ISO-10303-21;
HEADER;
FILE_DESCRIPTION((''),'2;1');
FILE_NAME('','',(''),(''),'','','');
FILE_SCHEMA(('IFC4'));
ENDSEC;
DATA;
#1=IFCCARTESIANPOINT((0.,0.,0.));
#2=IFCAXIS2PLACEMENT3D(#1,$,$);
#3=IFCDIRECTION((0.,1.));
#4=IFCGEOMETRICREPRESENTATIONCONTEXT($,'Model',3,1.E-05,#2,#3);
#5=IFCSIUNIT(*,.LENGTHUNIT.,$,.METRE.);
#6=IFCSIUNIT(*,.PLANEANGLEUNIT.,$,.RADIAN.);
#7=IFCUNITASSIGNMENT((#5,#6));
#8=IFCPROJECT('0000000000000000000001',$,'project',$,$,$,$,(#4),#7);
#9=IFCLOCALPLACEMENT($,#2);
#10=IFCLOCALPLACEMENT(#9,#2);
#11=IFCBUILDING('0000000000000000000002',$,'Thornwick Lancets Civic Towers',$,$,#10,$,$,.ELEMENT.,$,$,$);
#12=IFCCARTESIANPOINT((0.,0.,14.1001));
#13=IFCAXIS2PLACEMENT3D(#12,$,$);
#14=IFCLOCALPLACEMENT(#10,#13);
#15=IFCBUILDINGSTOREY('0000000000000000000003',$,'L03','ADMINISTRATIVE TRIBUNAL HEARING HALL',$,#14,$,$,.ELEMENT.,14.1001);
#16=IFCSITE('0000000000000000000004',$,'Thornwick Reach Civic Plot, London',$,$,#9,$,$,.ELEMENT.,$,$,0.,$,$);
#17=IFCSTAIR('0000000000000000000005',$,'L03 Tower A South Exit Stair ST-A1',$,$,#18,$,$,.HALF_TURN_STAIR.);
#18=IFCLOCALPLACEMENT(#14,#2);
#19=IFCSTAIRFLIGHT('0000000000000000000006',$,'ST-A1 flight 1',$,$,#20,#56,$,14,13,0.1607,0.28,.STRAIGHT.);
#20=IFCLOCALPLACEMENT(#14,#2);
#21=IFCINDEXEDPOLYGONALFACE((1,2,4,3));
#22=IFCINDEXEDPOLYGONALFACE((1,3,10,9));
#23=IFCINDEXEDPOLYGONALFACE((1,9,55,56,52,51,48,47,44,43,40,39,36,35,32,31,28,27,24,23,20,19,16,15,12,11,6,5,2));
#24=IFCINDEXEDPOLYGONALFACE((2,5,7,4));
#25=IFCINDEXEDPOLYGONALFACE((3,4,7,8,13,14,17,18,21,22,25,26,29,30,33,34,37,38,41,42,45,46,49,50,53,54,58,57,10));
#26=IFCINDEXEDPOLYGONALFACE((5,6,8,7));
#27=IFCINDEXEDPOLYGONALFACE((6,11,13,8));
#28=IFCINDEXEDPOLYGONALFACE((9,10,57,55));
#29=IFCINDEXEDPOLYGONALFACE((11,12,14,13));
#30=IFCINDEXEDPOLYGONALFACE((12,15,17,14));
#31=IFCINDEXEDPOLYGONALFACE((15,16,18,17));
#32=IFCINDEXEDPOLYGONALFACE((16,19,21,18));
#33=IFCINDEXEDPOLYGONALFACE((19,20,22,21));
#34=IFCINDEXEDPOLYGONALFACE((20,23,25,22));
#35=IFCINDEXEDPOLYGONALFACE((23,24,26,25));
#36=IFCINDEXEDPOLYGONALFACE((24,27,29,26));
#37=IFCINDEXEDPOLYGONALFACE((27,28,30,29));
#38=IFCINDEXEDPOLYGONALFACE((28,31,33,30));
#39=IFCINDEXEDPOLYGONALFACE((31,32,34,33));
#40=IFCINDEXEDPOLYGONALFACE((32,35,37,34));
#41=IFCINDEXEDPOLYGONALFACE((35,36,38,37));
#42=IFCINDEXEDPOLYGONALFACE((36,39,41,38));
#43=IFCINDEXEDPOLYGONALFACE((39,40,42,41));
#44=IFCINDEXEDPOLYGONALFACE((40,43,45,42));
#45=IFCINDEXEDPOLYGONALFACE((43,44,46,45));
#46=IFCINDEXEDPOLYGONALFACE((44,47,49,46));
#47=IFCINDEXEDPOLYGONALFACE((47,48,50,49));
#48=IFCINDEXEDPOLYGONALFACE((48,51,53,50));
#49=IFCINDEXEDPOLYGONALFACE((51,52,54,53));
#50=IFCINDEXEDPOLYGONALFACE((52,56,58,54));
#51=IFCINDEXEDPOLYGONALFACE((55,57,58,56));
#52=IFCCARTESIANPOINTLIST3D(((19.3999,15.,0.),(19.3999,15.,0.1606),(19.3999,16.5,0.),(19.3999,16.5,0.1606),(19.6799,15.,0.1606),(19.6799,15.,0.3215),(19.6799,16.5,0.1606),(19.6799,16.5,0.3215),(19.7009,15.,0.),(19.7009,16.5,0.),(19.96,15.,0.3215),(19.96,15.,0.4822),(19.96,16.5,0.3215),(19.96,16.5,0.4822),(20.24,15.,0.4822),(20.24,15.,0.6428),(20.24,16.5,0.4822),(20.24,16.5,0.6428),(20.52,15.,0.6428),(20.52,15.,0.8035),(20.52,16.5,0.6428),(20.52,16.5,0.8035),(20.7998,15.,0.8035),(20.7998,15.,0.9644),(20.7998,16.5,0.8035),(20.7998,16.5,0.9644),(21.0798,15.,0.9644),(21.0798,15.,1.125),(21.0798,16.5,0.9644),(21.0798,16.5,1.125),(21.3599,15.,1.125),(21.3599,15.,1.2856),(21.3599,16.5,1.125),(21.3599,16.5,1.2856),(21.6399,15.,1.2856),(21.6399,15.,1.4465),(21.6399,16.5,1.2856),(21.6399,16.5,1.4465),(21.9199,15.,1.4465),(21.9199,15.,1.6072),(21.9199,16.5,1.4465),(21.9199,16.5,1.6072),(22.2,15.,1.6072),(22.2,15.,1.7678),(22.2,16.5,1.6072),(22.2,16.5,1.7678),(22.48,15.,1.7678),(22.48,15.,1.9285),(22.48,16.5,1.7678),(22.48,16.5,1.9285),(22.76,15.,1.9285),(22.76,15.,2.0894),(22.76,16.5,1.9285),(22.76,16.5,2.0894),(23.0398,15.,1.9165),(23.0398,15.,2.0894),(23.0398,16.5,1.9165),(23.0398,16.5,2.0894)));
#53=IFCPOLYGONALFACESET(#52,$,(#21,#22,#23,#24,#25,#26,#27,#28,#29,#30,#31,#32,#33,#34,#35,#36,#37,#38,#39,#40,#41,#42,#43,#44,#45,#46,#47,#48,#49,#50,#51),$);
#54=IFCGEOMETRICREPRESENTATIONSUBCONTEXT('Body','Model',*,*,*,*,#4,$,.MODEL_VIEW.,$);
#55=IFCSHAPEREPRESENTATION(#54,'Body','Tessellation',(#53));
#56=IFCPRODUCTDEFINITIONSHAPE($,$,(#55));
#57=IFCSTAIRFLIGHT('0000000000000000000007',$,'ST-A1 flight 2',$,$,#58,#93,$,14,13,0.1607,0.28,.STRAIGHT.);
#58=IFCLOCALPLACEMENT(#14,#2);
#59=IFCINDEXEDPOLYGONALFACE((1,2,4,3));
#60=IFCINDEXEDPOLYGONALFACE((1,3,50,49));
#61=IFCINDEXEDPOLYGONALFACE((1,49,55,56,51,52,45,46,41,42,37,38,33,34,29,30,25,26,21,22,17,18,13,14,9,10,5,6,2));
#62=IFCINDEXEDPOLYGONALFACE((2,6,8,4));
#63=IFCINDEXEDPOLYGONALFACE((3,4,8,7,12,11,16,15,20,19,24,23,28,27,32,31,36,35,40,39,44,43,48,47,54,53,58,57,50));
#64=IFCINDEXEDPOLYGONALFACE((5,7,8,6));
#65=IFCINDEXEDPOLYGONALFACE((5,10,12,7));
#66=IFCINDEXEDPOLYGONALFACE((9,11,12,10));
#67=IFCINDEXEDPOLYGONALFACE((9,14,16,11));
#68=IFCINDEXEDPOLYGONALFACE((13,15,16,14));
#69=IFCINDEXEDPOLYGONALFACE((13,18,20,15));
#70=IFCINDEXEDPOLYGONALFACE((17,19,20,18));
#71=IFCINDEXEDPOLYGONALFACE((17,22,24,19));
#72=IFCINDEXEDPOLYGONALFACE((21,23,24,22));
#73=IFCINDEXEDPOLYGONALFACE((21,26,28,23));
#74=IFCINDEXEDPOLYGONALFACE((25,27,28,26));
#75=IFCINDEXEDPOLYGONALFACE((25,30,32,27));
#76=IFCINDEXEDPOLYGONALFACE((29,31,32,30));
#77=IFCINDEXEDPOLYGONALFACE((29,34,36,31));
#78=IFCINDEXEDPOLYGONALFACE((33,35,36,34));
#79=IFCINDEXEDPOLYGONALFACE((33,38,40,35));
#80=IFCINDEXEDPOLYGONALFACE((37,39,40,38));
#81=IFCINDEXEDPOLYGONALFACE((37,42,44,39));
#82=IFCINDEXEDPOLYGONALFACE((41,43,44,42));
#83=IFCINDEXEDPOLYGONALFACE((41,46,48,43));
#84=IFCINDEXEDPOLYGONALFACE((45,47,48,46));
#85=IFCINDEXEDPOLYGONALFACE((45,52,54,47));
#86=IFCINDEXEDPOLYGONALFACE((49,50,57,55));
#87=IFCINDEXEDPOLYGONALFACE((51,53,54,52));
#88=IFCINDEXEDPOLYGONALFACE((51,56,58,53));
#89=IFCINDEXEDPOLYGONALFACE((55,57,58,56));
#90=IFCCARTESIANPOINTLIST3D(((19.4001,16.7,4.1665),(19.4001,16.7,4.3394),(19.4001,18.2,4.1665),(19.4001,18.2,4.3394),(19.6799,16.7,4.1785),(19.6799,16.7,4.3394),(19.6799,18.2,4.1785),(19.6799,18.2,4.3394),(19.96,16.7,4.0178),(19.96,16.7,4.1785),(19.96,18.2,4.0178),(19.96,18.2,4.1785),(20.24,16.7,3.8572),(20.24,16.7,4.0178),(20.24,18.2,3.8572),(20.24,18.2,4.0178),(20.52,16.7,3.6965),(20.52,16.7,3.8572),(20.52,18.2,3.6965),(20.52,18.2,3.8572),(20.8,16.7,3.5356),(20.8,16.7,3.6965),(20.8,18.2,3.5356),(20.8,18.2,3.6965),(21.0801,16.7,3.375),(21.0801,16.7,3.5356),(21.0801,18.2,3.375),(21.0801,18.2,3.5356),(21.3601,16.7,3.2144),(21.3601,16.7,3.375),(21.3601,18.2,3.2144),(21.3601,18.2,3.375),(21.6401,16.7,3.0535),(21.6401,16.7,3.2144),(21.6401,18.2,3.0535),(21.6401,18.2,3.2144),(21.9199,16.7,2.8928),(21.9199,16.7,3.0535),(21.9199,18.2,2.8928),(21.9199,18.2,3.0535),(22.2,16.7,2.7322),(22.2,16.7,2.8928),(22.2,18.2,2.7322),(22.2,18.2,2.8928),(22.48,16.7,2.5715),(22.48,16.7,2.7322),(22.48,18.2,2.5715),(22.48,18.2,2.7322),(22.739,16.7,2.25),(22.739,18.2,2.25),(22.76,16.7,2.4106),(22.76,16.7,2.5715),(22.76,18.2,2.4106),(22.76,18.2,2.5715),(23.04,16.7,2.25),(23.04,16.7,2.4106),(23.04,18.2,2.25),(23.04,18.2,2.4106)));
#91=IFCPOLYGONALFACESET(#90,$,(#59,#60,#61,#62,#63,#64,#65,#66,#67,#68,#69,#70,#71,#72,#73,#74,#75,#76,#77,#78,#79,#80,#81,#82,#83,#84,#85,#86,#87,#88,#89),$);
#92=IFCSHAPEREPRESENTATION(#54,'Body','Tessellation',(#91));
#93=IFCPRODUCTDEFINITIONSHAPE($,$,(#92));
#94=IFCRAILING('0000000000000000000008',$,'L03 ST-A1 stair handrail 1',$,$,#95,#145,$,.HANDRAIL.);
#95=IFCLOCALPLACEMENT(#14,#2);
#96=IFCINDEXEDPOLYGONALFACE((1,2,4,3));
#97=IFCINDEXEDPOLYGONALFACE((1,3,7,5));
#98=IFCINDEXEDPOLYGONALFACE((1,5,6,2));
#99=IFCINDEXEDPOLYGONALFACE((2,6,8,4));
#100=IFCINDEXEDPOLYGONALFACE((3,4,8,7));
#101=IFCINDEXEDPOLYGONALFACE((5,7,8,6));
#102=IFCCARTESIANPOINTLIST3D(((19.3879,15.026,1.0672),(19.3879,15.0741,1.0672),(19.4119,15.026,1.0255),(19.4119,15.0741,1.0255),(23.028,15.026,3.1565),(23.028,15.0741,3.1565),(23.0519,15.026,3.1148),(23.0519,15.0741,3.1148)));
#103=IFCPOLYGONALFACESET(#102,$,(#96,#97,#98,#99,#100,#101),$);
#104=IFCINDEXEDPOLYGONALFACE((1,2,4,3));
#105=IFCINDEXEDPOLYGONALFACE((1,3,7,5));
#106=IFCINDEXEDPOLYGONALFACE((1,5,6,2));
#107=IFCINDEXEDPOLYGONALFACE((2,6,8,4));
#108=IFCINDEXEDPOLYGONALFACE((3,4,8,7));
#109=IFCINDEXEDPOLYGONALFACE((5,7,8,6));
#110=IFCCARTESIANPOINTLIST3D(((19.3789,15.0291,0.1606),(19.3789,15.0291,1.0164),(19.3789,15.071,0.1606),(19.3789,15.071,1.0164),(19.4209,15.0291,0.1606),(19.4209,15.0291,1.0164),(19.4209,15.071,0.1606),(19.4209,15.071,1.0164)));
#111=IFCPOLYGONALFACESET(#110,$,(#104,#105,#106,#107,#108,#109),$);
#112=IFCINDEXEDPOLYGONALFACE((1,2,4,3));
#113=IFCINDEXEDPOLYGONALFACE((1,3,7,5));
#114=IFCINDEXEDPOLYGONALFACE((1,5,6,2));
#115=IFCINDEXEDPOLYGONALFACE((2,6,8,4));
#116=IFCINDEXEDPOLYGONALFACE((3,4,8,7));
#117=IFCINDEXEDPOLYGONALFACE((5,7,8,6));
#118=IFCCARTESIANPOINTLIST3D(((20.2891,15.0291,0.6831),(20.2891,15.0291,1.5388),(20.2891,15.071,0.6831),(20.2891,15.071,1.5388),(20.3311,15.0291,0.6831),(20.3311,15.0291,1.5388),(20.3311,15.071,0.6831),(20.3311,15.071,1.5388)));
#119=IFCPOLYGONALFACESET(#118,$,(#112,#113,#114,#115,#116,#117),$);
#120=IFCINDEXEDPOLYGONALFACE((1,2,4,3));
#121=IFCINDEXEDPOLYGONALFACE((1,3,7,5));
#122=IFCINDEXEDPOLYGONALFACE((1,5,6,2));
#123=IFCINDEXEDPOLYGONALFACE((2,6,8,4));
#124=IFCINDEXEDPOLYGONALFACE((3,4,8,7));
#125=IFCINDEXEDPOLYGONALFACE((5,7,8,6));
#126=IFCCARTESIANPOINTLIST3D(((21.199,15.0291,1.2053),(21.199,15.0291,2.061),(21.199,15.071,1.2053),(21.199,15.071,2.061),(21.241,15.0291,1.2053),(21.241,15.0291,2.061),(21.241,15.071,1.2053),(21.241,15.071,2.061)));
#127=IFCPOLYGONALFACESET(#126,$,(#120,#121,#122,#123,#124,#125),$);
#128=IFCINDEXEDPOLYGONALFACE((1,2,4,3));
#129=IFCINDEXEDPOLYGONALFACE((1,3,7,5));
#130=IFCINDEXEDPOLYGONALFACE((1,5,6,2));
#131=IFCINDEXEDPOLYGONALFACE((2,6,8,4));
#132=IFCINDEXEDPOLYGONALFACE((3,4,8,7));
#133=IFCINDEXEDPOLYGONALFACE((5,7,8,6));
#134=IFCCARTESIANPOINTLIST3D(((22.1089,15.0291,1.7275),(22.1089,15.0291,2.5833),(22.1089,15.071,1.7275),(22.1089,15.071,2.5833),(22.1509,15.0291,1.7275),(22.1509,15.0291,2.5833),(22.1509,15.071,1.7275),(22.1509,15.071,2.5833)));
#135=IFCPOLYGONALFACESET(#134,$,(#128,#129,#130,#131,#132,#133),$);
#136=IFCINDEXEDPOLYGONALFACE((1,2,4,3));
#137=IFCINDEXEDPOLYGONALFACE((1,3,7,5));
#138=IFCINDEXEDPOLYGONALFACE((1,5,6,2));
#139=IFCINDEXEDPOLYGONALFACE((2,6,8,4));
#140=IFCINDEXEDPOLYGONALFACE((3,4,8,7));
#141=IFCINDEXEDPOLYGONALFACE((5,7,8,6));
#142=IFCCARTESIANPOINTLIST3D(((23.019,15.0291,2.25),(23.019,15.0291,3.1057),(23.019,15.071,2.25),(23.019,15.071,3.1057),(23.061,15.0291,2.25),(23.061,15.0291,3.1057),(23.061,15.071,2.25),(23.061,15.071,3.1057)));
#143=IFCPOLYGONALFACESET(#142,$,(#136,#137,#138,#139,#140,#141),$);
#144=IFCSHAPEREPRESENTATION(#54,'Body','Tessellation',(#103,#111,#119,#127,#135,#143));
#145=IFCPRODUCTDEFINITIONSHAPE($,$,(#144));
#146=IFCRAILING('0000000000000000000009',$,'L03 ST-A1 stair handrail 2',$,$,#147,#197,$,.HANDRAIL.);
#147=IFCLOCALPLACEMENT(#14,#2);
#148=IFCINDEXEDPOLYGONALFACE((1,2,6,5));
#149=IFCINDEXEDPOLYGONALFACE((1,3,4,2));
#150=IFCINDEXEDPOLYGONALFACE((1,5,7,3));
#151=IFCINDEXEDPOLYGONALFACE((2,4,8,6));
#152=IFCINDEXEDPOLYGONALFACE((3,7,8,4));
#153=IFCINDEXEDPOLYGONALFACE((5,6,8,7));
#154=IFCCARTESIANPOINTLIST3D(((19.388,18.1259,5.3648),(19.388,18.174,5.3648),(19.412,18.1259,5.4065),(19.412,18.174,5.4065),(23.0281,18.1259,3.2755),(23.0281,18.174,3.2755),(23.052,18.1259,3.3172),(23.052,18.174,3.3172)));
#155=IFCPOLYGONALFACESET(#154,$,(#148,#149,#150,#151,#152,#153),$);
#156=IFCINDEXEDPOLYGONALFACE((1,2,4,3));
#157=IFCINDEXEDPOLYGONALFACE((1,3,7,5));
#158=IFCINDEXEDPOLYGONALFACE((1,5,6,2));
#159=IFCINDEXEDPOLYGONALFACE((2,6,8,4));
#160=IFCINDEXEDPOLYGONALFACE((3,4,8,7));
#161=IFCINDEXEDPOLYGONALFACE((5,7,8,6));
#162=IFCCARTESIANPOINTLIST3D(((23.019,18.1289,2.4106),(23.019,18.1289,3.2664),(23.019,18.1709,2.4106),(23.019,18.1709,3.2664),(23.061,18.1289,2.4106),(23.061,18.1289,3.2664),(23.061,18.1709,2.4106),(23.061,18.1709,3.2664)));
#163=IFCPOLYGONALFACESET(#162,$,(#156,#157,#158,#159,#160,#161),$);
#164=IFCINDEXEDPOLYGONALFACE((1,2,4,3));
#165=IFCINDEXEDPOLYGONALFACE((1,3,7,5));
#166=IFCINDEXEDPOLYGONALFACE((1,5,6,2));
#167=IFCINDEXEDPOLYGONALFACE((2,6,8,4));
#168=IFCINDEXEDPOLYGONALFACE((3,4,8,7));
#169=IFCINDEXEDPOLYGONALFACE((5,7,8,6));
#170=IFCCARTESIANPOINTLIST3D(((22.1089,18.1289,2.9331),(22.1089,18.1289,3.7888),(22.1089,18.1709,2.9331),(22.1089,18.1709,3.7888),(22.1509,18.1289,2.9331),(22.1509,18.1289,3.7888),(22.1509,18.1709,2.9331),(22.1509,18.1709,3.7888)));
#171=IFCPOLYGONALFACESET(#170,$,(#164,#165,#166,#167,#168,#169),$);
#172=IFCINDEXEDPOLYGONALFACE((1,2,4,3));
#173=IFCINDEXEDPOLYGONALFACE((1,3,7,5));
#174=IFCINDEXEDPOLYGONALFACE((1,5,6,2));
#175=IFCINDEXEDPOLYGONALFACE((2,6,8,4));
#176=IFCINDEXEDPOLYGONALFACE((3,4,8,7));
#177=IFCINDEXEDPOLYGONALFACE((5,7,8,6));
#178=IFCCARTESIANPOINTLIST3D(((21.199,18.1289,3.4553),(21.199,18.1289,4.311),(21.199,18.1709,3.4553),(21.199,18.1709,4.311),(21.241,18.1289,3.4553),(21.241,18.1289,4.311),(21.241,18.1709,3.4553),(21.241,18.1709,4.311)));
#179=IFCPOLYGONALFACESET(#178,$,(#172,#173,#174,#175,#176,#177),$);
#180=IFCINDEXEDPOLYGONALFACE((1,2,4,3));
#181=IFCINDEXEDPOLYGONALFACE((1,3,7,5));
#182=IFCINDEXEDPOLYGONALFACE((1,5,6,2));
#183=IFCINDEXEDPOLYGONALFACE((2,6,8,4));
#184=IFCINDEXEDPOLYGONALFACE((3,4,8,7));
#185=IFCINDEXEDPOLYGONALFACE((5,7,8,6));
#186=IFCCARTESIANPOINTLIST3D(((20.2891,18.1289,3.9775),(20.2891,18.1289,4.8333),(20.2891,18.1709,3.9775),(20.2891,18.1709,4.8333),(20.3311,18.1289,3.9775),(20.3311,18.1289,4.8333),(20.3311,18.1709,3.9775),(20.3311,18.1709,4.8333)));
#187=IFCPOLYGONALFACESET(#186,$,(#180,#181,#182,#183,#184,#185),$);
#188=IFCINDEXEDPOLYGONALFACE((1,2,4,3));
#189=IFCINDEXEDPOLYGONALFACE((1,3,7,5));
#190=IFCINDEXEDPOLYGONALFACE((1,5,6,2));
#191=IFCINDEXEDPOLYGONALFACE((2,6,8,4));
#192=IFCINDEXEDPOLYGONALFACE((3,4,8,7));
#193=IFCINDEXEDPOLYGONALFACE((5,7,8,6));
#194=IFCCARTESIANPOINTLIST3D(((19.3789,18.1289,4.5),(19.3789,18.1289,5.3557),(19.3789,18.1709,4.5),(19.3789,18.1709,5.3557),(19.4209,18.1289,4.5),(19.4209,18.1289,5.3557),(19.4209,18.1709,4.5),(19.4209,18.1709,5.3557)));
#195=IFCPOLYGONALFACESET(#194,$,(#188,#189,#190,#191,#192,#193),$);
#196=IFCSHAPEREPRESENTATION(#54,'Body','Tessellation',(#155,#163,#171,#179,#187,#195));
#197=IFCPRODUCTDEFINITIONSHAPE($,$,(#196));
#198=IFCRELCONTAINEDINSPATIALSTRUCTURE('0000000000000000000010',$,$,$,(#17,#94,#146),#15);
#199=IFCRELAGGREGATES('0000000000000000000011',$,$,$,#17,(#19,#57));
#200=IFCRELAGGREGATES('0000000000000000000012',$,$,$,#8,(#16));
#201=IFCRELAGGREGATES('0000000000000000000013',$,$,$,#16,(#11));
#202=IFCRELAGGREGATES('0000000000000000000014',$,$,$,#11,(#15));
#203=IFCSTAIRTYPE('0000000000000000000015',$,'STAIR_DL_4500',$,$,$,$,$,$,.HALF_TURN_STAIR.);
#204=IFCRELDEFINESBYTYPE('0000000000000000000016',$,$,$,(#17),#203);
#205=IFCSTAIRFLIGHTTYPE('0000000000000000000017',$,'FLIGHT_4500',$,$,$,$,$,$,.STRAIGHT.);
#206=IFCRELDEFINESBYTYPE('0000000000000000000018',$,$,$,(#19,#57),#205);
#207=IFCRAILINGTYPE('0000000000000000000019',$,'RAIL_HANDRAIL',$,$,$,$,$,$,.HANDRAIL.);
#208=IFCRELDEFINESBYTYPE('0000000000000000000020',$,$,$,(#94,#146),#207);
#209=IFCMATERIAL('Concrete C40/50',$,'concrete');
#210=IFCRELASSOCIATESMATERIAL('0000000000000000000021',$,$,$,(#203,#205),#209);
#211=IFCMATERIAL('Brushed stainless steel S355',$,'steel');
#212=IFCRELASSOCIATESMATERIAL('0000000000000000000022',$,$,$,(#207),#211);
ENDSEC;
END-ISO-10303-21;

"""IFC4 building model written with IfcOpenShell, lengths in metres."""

from ifc_helpers import new_model, si_unit, direction, frame, origin, origin_2d, place, context, subcontext, project, spatial, polyline, rectangle, outline, extrude, material, type_object, element, aggregate, save


model = new_model("IFC4")

# Units and contexts
model_context = context("Model", 3, precision=1e-05, world=origin(), true_north=direction((0.0, 1.0)))
body_context = subcontext(model_context, "Body", "Model", "MODEL_VIEW")
ifc_project = project(units=[si_unit("LENGTHUNIT", "METRE"), si_unit("PLANEANGLEUNIT", "RADIAN")], contexts=[model_context])

# Site, building, storey
site_placement = place(None, origin())
site = spatial("IfcSite", under=ifc_project, at=site_placement, Name="Thornwick Reach Civic Plot, London", CompositionType="ELEMENT", RefElevation=0.0)
building_placement = place(site_placement, origin())
building = spatial("IfcBuilding", under=site, at=building_placement, Name="Thornwick Lancets Civic Towers", CompositionType="ELEMENT")
storey_placement = place(building_placement, frame((0.0, 0.0, 14.1001)))
storey = spatial("IfcBuildingStorey", under=building, at=storey_placement, Name="L03", Description="ADMINISTRATIVE TRIBUNAL HEARING HALL", CompositionType="ELEMENT", Elevation=14.1001)

# Shared definitions
ifc_material_1 = material(Name="Concrete C40/50", Category="concrete")

# Stair, stair flights
stair_type = type_object("IfcStairType", Name="STAIR_DL_4500", PredefinedType="HALF_TURN_STAIR", material=ifc_material_1)
stair_placement = place(storey_placement, origin())
stair = element("IfcStair", 1, at=stair_placement, inside=storey, type_object=stair_type, Name="L03 Tower A South Exit Stair ST-A1", PredefinedType="HALF_TURN_STAIR")
stair_flight_type = type_object("IfcStairFlightType", Name="FLIGHT_4500", PredefinedType="STRAIGHT", material=ifc_material_1)
stair_flight_1_placement = place(storey_placement, frame((19.3999, 15.75, 0.0), z_axis=(0.0, 0.0, 1.0), x_axis=(1.0, 0.0, 0.0)))
stair_flight_1 = element("IfcStairFlight", 2, at=stair_flight_1_placement, type_object=stair_flight_type, Name="ST-A1 flight 1", NumberOfRisers=14, NumberOfTreads=13, PredefinedType="STRAIGHT", RiserHeight=0.1607, TreadLength=0.28, context=body_context, shape_type="SweptSolid", body=[
    extrude(outline(polyline([(0.0, 0.0), (0.0, 0.1606), (0.28, 0.1606), (0.28, 0.3215), (0.5601, 0.3215), (0.5601, 0.4822), (0.8401, 0.4822), (0.8401, 0.6428), (1.1201, 0.6428), (1.1201, 0.8035), (1.3999, 0.8035), (1.3999, 0.9644), (1.6799, 0.9644), (1.6799, 1.125), (1.96, 1.125), (1.96, 1.2856), (2.24, 1.2856), (2.24, 1.4465), (2.52, 1.4465), (2.52, 1.6072), (2.8, 1.6072), (2.8, 1.7678), (3.0801, 1.7678), (3.0801, 1.9285), (3.3601, 1.9285), (3.3601, 2.0894), (3.6399, 2.0894), (3.6399, 2.25), (3.6399, 1.9165), (0.301, 0.0), (0.0, 0.0)])), frame((0.0, 0.75, 0.0), z_axis=(0.0, -1.0, 0.0), x_axis=(1.0, 0.0, 0.0)), (0.0, 0.0, 1.0), 1.5),
])
stair_flight_2_placement = place(storey_placement, frame((23.04, 17.45, 2.25), z_axis=(0.0, 0.0, 1.0), x_axis=(-1.0, 0.0, 0.0)))
stair_flight_2 = element("IfcStairFlight", 3, at=stair_flight_2_placement, type_object=stair_flight_type, Name="ST-A1 flight 2", NumberOfRisers=14, NumberOfTreads=13, PredefinedType="STRAIGHT", RiserHeight=0.1607, TreadLength=0.28, context=body_context, shape_type="SweptSolid", body=[
    extrude(outline(polyline([(0.0, 0.0), (0.0, 0.1606), (0.28, 0.1606), (0.28, 0.3215), (0.5601, 0.3215), (0.5601, 0.4822), (0.8401, 0.4822), (0.8401, 0.6428), (1.1201, 0.6428), (1.1201, 0.8035), (1.3999, 0.8035), (1.3999, 0.9644), (1.6799, 0.9644), (1.6799, 1.125), (1.96, 1.125), (1.96, 1.2856), (2.24, 1.2856), (2.24, 1.4465), (2.52, 1.4465), (2.52, 1.6072), (2.8, 1.6072), (2.8, 1.7678), (3.0801, 1.7678), (3.0801, 1.9285), (3.3601, 1.9285), (3.3601, 2.0894), (3.6399, 2.0894), (3.6399, 2.25), (3.6399, 1.9165), (0.301, 0.0), (0.0, 0.0)])), frame((0.0, 0.75, 0.0), z_axis=(0.0, -1.0, 0.0), x_axis=(1.0, 0.0, 0.0)), (0.0, 0.0, 1.0), 1.5),
])
aggregate(stair, [stair_flight_1, stair_flight_2])

# Railings
ifc_material_2 = material(Name="Brushed stainless steel S355", Category="steel")
railing_type_1 = type_object("IfcRailingType", Name="RAIL_HANDRAIL", PredefinedType="HANDRAIL", material=ifc_material_2)
railing_1_placement = place(storey_placement, frame((19.3999, 15.05, 0.1606)))
element("IfcRailing", 4, at=railing_1_placement, inside=storey, type_object=railing_type_1, Name="L03 ST-A1 stair handrail 1", PredefinedType="HANDRAIL", context=body_context, shape_type="SweptSolid", body=[
    extrude(rectangle(XDim=0.0481, YDim=0.0481, at=origin_2d()), frame((0.0, 0.0, 0.8857), z_axis=(0.867289, 0.0, 0.497804), x_axis=(0.0, 1.0, 0.0)), (0.0, 0.0, 1.0), 4.197),
    extrude(rectangle(XDim=0.042, YDim=0.042, at=origin_2d()), origin(), (0.0, 0.0, 1.0), 0.8557),
    extrude(rectangle(XDim=0.042, YDim=0.042, at=origin_2d()), frame((0.9102, 0.0, 0.5225)), (0.0, 0.0, 1.0), 0.8557),
    extrude(rectangle(XDim=0.042, YDim=0.042, at=origin_2d()), frame((1.8201, 0.0, 1.0447)), (0.0, 0.0, 1.0), 0.8557),
    extrude(rectangle(XDim=0.042, YDim=0.042, at=origin_2d()), frame((2.73, 0.0, 1.5669)), (0.0, 0.0, 1.0), 0.8557),
    extrude(rectangle(XDim=0.042, YDim=0.042, at=origin_2d()), frame((3.6401, 0.0, 2.0894)), (0.0, 0.0, 1.0), 0.8557),
])
railing_2_placement = place(storey_placement, frame((23.04, 18.1499, 2.4106)))
element("IfcRailing", 5, at=railing_2_placement, inside=storey, type_object=railing_type_1, Name="L03 ST-A1 stair handrail 2", PredefinedType="HANDRAIL", context=body_context, shape_type="SweptSolid", body=[
    extrude(rectangle(XDim=0.0481, YDim=0.0481, at=origin_2d()), frame((0.0, 0.0, 0.8857), z_axis=(-0.867289, 0.0, 0.497804), x_axis=(0.0, -1.0, 0.0)), (0.0, 0.0, 1.0), 4.197),
    extrude(rectangle(XDim=0.042, YDim=0.042, at=origin_2d()), origin(), (0.0, 0.0, 1.0), 0.8557),
    extrude(rectangle(XDim=0.042, YDim=0.042, at=origin_2d()), frame((-0.9102, 0.0, 0.5225)), (0.0, 0.0, 1.0), 0.8557),
    extrude(rectangle(XDim=0.042, YDim=0.042, at=origin_2d()), frame((-1.8201, 0.0, 1.0447)), (0.0, 0.0, 1.0), 0.8557),
    extrude(rectangle(XDim=0.042, YDim=0.042, at=origin_2d()), frame((-2.73, 0.0, 1.5669)), (0.0, 0.0, 1.0), 0.8557),
    extrude(rectangle(XDim=0.042, YDim=0.042, at=origin_2d()), frame((-3.6401, 0.0, 2.0894)), (0.0, 0.0, 1.0), 0.8557),
])

save(model, "model.ifc")
